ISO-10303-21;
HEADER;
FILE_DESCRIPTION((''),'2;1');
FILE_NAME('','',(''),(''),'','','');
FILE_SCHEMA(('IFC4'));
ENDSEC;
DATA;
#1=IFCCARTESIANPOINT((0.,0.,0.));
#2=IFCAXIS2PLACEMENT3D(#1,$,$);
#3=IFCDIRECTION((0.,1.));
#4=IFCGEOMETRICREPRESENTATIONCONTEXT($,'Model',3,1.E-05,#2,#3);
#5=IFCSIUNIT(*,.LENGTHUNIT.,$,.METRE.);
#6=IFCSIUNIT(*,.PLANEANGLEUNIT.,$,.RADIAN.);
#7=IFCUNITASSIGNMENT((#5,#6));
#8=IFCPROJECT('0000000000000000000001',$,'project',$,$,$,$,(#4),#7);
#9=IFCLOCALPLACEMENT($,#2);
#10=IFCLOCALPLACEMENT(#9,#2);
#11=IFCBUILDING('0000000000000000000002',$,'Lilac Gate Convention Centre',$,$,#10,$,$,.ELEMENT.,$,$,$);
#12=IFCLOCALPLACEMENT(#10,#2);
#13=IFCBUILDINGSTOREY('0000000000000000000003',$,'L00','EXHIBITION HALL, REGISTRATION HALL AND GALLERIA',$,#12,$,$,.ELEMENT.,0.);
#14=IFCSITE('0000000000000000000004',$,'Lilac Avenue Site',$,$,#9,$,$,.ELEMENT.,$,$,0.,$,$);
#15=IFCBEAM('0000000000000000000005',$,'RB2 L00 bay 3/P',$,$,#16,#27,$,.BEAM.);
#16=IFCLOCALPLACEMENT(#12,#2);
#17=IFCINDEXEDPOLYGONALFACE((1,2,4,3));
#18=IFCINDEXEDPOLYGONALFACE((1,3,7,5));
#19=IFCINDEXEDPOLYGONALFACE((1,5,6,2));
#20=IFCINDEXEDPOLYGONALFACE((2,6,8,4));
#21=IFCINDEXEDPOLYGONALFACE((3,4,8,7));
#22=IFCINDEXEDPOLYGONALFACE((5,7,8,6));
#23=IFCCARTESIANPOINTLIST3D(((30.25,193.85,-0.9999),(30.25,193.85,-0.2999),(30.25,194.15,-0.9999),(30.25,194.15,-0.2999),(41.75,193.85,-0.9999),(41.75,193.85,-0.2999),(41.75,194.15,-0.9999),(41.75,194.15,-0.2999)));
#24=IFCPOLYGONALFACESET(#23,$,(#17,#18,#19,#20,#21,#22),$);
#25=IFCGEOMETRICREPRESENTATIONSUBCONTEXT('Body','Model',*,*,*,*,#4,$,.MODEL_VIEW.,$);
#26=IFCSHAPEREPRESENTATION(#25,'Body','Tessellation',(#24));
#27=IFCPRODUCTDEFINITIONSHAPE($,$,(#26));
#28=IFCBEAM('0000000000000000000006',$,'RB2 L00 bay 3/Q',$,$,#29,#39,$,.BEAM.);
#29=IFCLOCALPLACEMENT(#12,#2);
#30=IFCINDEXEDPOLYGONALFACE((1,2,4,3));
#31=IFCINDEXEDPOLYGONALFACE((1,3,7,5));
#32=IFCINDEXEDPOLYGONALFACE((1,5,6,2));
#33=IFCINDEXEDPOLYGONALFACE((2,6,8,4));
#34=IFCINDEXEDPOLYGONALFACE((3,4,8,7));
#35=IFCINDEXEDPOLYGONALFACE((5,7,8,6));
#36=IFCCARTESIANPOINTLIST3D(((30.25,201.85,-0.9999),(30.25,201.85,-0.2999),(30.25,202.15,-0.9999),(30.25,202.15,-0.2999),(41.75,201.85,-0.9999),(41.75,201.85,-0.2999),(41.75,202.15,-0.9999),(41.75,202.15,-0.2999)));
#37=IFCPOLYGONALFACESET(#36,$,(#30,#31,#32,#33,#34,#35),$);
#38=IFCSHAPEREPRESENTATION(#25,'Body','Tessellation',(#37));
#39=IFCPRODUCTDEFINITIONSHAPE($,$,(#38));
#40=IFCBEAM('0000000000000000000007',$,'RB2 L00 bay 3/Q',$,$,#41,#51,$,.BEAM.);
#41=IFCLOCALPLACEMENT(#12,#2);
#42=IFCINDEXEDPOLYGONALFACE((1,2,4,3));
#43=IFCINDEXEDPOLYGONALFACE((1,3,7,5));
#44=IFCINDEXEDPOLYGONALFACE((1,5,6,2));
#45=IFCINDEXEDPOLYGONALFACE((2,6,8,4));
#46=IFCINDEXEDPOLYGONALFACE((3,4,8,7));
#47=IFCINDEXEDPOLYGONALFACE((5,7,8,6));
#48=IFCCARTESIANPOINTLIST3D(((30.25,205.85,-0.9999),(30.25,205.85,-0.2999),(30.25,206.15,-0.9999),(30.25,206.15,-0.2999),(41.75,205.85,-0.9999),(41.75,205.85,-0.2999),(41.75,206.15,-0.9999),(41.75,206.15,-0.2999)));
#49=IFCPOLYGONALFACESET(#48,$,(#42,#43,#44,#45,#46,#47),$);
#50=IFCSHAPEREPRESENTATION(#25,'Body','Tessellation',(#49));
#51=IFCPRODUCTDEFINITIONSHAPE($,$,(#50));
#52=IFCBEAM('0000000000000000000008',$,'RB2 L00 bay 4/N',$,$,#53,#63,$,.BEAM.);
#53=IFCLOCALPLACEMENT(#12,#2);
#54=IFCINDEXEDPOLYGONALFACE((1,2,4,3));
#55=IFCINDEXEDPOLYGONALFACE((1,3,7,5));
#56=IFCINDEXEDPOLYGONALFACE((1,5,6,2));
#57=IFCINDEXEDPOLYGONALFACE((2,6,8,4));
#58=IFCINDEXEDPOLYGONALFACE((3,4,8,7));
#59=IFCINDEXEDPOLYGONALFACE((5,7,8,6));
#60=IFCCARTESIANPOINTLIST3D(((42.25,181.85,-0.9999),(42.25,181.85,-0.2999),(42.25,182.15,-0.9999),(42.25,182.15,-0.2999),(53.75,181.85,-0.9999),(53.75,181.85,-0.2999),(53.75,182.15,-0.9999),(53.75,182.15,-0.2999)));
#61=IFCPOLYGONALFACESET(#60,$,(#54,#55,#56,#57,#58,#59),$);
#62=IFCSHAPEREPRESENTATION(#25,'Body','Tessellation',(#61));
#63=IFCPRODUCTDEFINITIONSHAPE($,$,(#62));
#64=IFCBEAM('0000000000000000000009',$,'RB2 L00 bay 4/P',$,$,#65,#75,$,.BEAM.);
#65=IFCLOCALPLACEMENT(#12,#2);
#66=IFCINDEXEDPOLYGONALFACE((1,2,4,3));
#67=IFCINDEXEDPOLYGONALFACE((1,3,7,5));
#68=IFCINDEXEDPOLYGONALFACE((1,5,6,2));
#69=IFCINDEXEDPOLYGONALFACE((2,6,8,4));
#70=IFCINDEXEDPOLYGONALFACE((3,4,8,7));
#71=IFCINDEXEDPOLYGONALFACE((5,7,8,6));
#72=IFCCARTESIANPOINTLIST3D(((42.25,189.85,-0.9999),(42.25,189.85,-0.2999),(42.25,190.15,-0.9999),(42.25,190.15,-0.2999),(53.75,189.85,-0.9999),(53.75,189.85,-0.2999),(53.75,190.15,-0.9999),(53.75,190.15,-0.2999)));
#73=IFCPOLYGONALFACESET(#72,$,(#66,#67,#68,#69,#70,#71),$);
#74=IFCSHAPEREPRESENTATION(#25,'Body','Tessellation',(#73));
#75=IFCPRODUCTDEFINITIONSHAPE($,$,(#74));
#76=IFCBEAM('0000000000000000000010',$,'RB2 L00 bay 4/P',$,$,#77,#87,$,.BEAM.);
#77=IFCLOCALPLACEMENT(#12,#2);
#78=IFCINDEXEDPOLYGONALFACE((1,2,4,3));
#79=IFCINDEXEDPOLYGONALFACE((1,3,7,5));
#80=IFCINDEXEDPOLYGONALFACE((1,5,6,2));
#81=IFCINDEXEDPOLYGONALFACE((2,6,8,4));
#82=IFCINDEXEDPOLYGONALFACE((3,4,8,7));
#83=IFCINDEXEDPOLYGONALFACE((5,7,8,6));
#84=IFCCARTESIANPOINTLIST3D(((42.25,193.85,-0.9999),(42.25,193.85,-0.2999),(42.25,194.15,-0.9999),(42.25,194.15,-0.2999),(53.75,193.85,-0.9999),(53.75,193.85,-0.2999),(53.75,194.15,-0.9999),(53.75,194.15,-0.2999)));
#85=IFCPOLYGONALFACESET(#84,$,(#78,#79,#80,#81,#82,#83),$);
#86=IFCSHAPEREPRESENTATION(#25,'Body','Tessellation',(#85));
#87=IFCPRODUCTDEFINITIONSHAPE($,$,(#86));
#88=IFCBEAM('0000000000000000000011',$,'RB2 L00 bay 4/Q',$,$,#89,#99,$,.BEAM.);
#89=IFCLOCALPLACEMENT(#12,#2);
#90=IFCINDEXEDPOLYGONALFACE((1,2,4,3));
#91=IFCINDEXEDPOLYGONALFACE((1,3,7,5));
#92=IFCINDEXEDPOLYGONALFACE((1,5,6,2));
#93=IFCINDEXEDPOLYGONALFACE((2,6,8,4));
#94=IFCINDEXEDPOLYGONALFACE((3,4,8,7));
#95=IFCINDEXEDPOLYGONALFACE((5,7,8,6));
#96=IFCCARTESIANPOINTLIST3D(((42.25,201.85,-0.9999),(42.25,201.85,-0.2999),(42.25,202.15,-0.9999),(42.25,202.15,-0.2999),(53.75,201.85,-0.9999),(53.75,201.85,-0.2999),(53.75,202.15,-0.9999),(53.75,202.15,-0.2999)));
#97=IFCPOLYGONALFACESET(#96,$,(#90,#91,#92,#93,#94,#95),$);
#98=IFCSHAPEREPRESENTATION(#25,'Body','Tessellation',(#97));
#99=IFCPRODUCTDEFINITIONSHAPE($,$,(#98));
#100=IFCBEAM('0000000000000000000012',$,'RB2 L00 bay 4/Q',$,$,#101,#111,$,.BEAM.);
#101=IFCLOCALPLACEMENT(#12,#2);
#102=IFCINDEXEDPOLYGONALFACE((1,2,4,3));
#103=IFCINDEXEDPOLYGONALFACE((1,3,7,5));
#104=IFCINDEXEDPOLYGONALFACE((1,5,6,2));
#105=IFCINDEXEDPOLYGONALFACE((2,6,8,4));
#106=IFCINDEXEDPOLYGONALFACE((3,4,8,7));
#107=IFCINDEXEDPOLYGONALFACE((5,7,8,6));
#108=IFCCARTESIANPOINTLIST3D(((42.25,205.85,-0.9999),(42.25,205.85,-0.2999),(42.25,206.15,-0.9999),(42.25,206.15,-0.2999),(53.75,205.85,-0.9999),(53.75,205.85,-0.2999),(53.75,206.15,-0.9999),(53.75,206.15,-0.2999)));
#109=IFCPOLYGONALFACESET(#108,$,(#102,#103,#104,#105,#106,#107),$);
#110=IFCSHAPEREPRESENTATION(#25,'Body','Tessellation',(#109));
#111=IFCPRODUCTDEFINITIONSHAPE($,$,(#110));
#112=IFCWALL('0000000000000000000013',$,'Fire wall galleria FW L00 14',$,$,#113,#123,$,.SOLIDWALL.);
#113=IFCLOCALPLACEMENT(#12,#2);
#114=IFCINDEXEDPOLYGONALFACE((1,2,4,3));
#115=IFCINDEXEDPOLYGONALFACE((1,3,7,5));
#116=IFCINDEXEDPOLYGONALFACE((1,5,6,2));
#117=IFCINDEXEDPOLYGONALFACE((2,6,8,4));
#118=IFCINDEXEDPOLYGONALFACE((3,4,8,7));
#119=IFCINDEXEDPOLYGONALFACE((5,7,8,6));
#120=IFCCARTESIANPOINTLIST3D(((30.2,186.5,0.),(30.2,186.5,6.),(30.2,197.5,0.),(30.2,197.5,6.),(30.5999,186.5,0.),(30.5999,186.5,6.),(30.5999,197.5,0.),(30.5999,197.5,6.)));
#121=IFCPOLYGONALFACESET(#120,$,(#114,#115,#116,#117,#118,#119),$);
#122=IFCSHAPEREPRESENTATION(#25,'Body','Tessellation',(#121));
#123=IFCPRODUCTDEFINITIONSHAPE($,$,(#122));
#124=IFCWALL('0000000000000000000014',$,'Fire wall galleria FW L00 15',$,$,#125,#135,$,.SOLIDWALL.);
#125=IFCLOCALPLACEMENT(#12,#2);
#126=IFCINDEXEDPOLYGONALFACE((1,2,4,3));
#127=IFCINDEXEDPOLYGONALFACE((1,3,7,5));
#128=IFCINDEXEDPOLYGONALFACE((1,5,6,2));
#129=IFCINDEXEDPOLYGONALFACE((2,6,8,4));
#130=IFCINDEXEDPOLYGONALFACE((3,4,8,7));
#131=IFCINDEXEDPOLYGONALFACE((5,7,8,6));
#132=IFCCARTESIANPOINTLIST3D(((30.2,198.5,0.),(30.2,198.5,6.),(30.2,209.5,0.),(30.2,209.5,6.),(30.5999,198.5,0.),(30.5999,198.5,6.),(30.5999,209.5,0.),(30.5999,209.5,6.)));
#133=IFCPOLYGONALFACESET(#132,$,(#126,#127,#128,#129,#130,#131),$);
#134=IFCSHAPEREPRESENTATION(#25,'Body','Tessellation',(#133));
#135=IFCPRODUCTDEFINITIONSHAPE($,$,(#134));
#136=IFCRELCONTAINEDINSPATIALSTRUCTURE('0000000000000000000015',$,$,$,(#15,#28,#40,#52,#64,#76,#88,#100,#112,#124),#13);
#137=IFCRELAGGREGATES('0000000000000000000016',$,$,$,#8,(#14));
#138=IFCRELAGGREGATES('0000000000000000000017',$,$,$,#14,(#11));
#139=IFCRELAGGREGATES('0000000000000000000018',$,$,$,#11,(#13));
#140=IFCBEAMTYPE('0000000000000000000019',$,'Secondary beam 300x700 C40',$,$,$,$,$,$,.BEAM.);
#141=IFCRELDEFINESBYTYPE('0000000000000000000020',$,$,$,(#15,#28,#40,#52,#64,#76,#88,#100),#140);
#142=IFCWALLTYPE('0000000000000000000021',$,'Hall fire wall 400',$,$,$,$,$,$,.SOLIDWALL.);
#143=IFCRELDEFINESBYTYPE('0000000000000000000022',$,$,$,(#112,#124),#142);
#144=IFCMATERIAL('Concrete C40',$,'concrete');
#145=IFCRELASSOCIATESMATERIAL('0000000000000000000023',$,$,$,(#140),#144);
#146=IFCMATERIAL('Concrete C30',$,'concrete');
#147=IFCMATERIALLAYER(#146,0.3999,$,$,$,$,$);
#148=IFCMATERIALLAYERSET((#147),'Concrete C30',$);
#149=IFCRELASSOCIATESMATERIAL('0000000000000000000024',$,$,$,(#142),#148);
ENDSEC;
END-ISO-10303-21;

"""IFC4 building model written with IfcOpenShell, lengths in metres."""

from ifc_helpers import new_model, si_unit, direction, frame, frame_2d, origin, origin_2d, place, context, subcontext, project, spatial, rectangle, extrude, material, layer, layer_set, material_profile, profile_set, type_object, element, save


model = new_model("IFC4")

# Units and contexts
model_context = context("Model", 3, precision=1e-05, world=origin(), true_north=direction((0.0, 1.0)))
body_context = subcontext(model_context, "Body", "Model", "MODEL_VIEW")
ifc_project = project(units=[si_unit("LENGTHUNIT", "METRE"), si_unit("PLANEANGLEUNIT", "RADIAN")], contexts=[model_context])

# Site, building, storey
site_placement = place(None, origin())
site = spatial("IfcSite", under=ifc_project, at=site_placement, Name="Lilac Avenue Site", CompositionType="ELEMENT", RefElevation=0.0)
building_placement = place(site_placement, origin())
building = spatial("IfcBuilding", under=site, at=building_placement, Name="Lilac Gate Convention Centre", CompositionType="ELEMENT")
storey_placement = place(building_placement, origin())
storey = spatial("IfcBuildingStorey", under=building, at=storey_placement, Name="L00", Description="EXHIBITION HALL, REGISTRATION HALL AND GALLERIA", CompositionType="ELEMENT", Elevation=0.0)

# Shared definitions
ifc_material_1 = material(Name="Concrete C40", Category="concrete")

# Beams
ifc_material_profile_1 = material_profile(ifc_material_1, rectangle(XDim=0.3, YDim=0.7, at=origin_2d()), Name="RC 300x700")
ifc_profile_set_1 = profile_set([ifc_material_profile_1], Name="Concrete C40")
beam_type_1 = type_object("IfcBeamType", Name="Secondary beam 300x700 C40", PredefinedType="BEAM", material=ifc_profile_set_1)
for number, where, z_axis, x_axis, name in (
    (1, (30.25, 194.0, -0.6499), (1.0, 0.0, 0.0), (0.0, 1.0, 0.0), "RB2 L00 bay 3/P"),
    (2, (30.25, 202.0, -0.6499), (1.0, 0.0, 0.0), (0.0, 1.0, 0.0), "RB2 L00 bay 3/Q"),
    (3, (30.25, 206.0, -0.6499), (1.0, 0.0, 0.0), (0.0, 1.0, 0.0), "RB2 L00 bay 3/Q"),
    (4, (42.25, 182.0, -0.6499), (1.0, 0.0, 0.0), (0.0, 1.0, 0.0), "RB2 L00 bay 4/N"),
    (5, (42.25, 190.0, -0.6499), (1.0, 0.0, 0.0), (0.0, 1.0, 0.0), "RB2 L00 bay 4/P"),
    (6, (42.25, 194.0, -0.6499), (1.0, 0.0, 0.0), (0.0, 1.0, 0.0), "RB2 L00 bay 4/P"),
    (7, (42.25, 202.0, -0.6499), (1.0, 0.0, 0.0), (0.0, 1.0, 0.0), "RB2 L00 bay 4/Q"),
    (8, (42.25, 206.0, -0.6499), (1.0, 0.0, 0.0), (0.0, 1.0, 0.0), "RB2 L00 bay 4/Q"),
):
    element("IfcBeam", number, at=place(storey_placement, frame(where, z_axis=z_axis, x_axis=x_axis)), inside=storey, type_object=beam_type_1, Name=name, PredefinedType="BEAM", context=body_context, shape_type="SweptSolid", body=[
        extrude(rectangle(XDim=0.3, YDim=0.7, at=origin_2d()), origin(), (0.0, 0.0, 1.0), 11.5),
    ])

# Walls
ifc_material_2 = material(Name="Concrete C30", Category="concrete")
ifc_layer = layer(ifc_material_2, 0.3999)
ifc_layer_set = layer_set([ifc_layer], Name="Concrete C30")
wall_type = type_object("IfcWallType", Name="Hall fire wall 400", PredefinedType="SOLIDWALL", material=ifc_layer_set)
for number, where, z_axis, x_axis, name in (
    (9, (30.3999, 186.5, 0.0), (0.0, 0.0, 1.0), (0.0, 1.0, 0.0), "Fire wall galleria FW L00 14"),
    (10, (30.3999, 198.5, 0.0), (0.0, 0.0, 1.0), (0.0, 1.0, 0.0), "Fire wall galleria FW L00 15"),
):
    element("IfcWall", number, at=place(storey_placement, frame(where, z_axis=z_axis, x_axis=x_axis)), inside=storey, type_object=wall_type, Name=name, PredefinedType="SOLIDWALL", context=body_context, shape_type="SweptSolid", body=[
        extrude(rectangle(XDim=11.0, YDim=0.3999, at=frame_2d((5.5, 0.0))), origin(), (0.0, 0.0, 1.0), 6.0),
    ])

save(model, "model.ifc")
